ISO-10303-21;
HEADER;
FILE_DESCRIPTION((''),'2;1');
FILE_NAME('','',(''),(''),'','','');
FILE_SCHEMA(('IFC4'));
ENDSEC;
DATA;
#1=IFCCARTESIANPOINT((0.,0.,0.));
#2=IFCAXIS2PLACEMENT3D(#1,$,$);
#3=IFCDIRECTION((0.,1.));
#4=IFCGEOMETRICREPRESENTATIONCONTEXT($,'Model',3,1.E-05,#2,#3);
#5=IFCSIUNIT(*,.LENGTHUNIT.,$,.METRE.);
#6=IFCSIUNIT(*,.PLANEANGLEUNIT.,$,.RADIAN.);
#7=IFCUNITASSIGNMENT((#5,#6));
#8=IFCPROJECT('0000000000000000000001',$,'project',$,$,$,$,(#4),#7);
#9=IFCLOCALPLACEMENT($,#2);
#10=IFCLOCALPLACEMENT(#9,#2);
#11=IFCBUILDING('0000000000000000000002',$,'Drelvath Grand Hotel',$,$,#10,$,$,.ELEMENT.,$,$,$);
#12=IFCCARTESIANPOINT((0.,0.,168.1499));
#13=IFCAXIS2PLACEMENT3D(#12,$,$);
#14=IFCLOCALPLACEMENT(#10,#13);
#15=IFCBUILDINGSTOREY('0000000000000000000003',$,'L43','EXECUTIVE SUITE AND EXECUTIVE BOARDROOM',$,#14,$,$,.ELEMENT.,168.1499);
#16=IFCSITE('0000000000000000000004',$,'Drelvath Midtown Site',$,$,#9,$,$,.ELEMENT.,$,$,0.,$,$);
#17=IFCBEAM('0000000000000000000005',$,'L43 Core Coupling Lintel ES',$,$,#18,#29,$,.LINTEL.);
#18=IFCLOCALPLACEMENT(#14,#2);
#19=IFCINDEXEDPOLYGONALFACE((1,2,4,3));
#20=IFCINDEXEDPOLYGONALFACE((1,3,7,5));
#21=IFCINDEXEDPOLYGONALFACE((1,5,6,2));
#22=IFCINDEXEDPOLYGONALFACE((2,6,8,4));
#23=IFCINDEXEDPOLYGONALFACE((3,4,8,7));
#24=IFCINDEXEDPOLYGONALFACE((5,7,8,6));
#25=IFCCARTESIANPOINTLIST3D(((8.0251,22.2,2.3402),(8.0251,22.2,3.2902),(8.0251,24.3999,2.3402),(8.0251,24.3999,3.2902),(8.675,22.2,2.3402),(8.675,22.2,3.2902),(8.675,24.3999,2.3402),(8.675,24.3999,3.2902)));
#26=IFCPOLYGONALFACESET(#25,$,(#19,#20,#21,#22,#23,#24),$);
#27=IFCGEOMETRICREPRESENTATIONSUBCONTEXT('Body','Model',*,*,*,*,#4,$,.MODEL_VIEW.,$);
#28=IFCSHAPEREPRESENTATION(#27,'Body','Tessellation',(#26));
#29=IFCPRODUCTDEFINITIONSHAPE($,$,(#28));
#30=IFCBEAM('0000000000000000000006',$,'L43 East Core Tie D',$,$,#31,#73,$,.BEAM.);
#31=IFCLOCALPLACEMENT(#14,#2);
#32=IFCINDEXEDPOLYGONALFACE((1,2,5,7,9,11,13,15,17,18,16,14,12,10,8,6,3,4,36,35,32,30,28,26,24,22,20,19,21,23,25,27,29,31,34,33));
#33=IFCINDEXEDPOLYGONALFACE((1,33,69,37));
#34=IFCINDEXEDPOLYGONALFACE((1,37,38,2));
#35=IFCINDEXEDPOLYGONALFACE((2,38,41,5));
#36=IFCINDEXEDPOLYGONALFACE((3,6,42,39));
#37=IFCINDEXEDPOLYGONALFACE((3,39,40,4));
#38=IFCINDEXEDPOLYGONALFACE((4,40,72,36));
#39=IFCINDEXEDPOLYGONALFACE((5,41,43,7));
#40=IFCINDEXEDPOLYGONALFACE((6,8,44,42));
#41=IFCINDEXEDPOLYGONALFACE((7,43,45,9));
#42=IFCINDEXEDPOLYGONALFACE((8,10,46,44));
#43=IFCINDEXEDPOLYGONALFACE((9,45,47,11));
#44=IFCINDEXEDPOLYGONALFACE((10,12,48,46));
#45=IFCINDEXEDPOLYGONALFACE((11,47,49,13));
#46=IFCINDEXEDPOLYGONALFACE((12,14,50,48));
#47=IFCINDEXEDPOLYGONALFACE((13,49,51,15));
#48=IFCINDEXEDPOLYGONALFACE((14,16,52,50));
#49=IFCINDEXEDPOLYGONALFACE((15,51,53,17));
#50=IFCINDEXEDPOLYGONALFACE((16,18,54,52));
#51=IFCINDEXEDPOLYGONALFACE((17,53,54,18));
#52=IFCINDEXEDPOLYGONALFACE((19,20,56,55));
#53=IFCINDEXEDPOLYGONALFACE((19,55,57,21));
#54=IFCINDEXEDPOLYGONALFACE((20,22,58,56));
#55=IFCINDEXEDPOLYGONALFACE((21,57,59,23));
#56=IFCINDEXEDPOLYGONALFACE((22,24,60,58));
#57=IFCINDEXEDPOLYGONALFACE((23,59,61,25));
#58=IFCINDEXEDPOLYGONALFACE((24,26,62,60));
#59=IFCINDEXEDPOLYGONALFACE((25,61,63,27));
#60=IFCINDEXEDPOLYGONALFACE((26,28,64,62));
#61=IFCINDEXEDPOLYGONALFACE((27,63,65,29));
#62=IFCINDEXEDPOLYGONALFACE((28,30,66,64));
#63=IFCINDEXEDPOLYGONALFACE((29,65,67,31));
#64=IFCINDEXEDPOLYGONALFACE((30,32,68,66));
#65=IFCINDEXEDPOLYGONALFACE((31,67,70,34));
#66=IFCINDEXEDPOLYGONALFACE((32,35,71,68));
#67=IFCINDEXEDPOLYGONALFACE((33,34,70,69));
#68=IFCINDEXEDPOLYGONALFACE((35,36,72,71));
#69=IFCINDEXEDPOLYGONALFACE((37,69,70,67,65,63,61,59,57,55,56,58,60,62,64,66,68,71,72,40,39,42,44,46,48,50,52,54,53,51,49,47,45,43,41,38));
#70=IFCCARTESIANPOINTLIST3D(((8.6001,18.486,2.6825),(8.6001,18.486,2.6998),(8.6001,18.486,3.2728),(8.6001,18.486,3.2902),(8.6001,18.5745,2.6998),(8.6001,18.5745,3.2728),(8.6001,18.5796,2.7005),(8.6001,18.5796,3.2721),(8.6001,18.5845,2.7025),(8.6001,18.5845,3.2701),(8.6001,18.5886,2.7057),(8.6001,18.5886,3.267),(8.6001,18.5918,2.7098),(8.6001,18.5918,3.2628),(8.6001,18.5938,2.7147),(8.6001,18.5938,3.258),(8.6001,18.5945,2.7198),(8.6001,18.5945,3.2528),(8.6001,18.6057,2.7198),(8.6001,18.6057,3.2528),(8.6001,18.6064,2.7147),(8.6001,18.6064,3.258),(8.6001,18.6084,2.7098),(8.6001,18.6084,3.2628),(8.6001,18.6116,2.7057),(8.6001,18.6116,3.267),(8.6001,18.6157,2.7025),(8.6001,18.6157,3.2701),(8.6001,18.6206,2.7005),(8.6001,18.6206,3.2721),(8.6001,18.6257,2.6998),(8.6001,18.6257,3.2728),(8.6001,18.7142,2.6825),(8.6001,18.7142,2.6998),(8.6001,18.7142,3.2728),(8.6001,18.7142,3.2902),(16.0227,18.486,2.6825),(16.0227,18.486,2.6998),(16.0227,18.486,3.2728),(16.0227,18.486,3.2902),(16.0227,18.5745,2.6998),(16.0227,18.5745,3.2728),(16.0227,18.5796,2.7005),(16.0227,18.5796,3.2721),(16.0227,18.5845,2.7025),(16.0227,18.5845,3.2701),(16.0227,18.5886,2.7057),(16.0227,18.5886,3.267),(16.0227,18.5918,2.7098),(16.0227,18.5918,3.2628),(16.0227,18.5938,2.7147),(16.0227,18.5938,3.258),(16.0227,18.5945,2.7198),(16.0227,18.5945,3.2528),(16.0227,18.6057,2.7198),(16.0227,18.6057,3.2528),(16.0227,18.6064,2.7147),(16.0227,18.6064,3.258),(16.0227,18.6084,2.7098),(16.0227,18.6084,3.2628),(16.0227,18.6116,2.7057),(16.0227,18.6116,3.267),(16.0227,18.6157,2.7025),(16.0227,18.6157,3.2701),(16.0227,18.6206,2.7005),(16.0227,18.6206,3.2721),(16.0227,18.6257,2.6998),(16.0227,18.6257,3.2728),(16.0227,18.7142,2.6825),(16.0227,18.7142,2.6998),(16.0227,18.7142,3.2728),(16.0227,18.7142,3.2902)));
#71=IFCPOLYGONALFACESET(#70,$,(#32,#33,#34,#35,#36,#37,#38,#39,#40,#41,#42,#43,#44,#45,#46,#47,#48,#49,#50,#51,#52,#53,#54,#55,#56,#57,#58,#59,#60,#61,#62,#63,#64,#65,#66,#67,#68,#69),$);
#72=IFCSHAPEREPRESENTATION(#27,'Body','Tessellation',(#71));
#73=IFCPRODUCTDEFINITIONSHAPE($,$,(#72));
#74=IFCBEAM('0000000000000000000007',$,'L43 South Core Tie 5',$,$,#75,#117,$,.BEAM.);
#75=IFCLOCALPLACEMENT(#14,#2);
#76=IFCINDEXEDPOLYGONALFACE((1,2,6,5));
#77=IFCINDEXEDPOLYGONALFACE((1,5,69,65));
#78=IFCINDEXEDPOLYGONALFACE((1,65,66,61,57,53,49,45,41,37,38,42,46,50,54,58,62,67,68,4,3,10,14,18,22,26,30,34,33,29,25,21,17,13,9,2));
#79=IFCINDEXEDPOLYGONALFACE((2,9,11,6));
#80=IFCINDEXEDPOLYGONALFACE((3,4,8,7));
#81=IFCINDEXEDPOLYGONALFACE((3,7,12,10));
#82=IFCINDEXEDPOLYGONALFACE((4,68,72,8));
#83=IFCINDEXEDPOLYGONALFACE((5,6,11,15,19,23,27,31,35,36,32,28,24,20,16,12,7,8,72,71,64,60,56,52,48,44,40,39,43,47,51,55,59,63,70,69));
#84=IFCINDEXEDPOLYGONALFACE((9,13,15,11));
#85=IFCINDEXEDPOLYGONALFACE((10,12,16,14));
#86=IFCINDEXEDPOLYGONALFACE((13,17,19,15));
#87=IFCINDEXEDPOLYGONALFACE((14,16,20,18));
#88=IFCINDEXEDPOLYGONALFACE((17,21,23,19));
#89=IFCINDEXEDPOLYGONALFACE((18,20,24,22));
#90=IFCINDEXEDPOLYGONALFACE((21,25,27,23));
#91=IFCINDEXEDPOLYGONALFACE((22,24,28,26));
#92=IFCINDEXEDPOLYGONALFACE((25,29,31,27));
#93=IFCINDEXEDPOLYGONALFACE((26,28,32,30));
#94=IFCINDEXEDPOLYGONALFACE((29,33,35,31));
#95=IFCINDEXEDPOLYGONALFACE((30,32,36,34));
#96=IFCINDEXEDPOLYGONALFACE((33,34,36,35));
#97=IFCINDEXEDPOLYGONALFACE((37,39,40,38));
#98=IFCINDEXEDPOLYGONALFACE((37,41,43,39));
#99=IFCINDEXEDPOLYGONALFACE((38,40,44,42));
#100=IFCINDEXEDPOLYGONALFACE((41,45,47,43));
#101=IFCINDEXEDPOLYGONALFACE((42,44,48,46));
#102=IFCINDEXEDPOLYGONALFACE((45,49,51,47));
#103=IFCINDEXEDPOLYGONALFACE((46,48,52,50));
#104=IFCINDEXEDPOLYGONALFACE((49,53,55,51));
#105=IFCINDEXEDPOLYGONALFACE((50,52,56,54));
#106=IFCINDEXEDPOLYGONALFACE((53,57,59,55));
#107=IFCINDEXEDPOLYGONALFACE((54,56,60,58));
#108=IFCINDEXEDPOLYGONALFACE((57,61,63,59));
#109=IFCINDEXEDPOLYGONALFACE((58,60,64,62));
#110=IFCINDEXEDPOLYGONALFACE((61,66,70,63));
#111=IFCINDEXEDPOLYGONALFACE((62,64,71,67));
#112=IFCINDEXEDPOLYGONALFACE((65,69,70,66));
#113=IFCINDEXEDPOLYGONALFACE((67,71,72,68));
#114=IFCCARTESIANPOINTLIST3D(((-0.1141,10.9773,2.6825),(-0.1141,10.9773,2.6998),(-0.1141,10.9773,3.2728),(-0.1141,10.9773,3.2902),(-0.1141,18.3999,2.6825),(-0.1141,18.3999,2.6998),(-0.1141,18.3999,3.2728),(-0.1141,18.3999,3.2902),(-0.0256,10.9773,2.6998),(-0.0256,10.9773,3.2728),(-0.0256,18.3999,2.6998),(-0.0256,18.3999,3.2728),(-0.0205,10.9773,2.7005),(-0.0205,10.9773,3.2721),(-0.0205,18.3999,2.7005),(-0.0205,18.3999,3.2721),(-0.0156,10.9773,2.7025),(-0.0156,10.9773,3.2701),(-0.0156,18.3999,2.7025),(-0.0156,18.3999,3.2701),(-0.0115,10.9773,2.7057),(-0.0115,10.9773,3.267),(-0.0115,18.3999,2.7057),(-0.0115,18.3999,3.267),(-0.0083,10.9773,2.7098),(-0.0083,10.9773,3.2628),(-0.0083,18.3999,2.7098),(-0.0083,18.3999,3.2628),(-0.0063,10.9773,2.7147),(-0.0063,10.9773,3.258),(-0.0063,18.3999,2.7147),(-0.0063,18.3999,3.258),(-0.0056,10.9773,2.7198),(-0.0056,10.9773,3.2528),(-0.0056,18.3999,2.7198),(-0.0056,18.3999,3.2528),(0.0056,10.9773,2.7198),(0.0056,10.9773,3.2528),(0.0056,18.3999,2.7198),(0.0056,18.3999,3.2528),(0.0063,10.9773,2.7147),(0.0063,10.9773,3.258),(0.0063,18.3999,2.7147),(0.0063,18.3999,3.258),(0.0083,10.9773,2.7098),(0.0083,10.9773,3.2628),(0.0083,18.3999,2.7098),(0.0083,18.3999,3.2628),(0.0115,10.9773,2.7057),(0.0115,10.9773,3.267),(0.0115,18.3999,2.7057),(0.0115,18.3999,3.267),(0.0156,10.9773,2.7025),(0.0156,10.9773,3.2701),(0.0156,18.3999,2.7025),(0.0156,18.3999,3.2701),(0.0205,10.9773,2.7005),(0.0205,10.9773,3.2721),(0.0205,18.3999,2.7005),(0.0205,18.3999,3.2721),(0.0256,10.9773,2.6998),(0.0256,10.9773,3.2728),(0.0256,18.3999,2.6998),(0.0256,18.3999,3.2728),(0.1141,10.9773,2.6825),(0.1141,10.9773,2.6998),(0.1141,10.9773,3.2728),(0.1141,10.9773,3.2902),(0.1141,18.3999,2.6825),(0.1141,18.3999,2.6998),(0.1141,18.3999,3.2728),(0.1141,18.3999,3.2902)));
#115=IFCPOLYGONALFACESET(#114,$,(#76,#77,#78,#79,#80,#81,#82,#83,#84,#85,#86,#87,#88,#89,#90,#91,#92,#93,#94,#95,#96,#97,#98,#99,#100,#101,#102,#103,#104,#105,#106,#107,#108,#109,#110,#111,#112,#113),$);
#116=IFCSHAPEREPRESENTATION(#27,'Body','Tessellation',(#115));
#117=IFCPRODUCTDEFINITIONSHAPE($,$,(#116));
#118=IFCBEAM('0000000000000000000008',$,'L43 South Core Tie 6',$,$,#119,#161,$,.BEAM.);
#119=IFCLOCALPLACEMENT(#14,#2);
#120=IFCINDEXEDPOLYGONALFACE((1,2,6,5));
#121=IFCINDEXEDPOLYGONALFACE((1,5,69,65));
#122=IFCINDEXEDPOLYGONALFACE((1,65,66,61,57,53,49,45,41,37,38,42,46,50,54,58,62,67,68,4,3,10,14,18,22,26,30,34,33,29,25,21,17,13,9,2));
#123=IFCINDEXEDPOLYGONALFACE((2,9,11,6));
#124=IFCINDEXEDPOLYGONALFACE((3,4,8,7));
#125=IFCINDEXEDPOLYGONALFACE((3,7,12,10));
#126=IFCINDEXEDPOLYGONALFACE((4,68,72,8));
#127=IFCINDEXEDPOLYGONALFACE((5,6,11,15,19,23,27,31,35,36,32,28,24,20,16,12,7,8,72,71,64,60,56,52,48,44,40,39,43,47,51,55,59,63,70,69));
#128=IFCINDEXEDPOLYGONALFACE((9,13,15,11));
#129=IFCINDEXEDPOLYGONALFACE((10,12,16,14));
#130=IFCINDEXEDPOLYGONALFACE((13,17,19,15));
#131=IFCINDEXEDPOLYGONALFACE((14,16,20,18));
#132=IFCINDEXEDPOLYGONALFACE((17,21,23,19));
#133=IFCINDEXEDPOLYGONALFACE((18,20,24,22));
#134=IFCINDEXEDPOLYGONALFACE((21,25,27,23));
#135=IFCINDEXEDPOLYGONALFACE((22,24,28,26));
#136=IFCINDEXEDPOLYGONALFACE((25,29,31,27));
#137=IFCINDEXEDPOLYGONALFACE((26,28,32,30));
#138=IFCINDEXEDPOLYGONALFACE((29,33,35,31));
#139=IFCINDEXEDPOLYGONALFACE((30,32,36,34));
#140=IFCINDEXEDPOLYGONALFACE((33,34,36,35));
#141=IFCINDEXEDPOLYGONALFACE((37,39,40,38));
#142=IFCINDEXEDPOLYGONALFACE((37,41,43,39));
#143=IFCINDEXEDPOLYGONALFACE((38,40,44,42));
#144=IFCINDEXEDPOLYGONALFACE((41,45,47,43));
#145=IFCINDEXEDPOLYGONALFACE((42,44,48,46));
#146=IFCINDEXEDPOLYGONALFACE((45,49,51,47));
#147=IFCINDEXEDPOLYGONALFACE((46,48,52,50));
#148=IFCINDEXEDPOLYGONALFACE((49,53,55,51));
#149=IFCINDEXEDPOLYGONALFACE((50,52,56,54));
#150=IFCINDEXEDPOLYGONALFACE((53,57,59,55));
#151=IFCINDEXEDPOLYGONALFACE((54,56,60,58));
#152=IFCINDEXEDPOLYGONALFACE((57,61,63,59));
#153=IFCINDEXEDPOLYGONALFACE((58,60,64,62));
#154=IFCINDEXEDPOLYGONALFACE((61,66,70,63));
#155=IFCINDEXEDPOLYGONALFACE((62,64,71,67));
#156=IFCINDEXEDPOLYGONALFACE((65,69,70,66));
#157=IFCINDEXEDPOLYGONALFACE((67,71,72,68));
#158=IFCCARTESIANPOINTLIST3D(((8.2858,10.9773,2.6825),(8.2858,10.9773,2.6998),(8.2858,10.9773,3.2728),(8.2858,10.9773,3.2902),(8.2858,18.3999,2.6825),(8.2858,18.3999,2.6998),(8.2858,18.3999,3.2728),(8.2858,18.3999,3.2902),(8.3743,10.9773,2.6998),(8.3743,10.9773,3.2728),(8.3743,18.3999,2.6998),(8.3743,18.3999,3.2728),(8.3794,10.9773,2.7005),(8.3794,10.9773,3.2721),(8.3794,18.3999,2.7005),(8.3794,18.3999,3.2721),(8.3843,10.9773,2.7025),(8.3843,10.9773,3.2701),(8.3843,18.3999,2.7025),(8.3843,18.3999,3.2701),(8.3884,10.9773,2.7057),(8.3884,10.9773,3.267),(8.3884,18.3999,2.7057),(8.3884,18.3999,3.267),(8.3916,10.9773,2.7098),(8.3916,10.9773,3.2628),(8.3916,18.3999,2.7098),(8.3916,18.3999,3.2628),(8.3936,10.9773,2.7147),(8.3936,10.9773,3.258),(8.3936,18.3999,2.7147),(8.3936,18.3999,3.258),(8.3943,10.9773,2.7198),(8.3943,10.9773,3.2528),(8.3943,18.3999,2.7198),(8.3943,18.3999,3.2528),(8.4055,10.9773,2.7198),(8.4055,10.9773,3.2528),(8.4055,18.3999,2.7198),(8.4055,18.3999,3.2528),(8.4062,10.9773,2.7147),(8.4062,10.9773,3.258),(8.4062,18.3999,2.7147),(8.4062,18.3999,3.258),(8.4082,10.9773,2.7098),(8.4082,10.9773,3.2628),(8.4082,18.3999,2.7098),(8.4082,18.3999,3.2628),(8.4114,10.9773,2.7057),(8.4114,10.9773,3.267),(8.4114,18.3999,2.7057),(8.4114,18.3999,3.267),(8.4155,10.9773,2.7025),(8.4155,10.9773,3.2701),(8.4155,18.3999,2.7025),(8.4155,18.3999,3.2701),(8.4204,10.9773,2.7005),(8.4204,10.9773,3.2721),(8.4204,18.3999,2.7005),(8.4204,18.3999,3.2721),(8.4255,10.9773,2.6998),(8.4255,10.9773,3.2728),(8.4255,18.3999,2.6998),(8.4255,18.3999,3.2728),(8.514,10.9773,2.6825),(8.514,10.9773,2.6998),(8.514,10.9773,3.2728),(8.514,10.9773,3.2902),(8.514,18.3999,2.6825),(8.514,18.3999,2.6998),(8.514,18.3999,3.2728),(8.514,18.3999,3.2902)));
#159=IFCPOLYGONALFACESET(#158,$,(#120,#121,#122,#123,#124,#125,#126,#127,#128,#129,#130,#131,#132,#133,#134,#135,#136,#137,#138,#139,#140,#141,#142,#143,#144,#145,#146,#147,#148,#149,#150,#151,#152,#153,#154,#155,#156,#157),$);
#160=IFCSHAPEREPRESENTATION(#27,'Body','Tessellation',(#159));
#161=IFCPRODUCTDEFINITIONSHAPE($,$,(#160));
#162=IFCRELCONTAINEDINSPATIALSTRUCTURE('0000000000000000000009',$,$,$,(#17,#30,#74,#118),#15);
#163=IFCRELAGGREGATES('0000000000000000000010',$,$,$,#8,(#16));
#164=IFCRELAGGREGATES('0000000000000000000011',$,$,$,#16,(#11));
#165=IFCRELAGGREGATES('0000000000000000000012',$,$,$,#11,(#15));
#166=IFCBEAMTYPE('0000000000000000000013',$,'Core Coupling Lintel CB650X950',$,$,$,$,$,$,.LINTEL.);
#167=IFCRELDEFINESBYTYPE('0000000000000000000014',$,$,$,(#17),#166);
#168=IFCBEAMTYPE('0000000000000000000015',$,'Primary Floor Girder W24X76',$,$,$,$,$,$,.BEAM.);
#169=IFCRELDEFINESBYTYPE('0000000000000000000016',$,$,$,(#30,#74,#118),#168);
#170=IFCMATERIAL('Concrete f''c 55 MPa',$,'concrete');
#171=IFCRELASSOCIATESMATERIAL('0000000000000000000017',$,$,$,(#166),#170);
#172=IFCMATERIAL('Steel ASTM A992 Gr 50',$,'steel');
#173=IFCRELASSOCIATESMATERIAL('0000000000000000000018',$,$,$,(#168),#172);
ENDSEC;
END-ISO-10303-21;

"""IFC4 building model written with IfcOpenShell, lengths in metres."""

from ifc_helpers import new_model, si_unit, direction, frame, origin, origin_2d, place, context, subcontext, project, spatial, rectangle, i_section, extrude, material, material_profile, profile_set, type_object, element, save


model = new_model("IFC4")

# Units and contexts
model_context = context("Model", 3, precision=1e-05, world=origin(), true_north=direction((0.0, 1.0)))
body_context = subcontext(model_context, "Body", "Model", "MODEL_VIEW")
ifc_project = project(units=[si_unit("LENGTHUNIT", "METRE"), si_unit("PLANEANGLEUNIT", "RADIAN")], contexts=[model_context])

# Site, building, storey
site_placement = place(None, origin())
site = spatial("IfcSite", under=ifc_project, at=site_placement, Name="Drelvath Midtown Site", CompositionType="ELEMENT", RefElevation=0.0)
building_placement = place(site_placement, origin())
building = spatial("IfcBuilding", under=site, at=building_placement, Name="Drelvath Grand Hotel", CompositionType="ELEMENT")
storey_placement = place(building_placement, frame((0.0, 0.0, 168.1499)))
storey = spatial("IfcBuildingStorey", under=building, at=storey_placement, Name="L43", Description="EXECUTIVE SUITE AND EXECUTIVE BOARDROOM", CompositionType="ELEMENT", Elevation=168.1499)

# Beams
ifc_material_1 = material(Name="Concrete f'c 55 MPa", Category="concrete")
ifc_material_profile_1 = material_profile(ifc_material_1, rectangle(XDim=0.6499, YDim=0.95, at=origin_2d()), Name="CB650X950")
ifc_profile_set_1 = profile_set([ifc_material_profile_1], Name="Concrete f'c 55 MPa")
beam_type_1 = type_object("IfcBeamType", Name="Core Coupling Lintel CB650X950", PredefinedType="LINTEL", material=ifc_profile_set_1)
beam_placement = place(storey_placement, frame((8.3501, 22.2, 2.8152), z_axis=(0.0, 1.0, 0.0), x_axis=(-1.0, 0.0, 0.0)))
element("IfcBeam", 1, at=beam_placement, inside=storey, type_object=beam_type_1, Name="L43 Core Coupling Lintel ES", PredefinedType="LINTEL", context=body_context, shape_type="SweptSolid", body=[
    extrude(rectangle(XDim=0.6499, YDim=0.95, at=origin_2d()), origin(), (0.0, 0.0, 1.0), 2.2),
])
ifc_material_2 = material(Name="Steel ASTM A992 Gr 50", Category="steel")
ifc_material_profile_2 = material_profile(ifc_material_2, i_section(OverallWidth=0.2283, OverallDepth=0.6077, WebThickness=0.0112, FlangeThickness=0.0173, FilletRadius=0.02, at=origin_2d()), Name="W24X76")
ifc_profile_set_2 = profile_set([ifc_material_profile_2], Name="Steel ASTM A992 Gr 50")
beam_type_2 = type_object("IfcBeamType", Name="Primary Floor Girder W24X76", PredefinedType="BEAM", material=ifc_profile_set_2)
for number, where, z_axis, x_axis, name in (
    (2, (8.6001, 18.6001, 2.9863), (1.0, 0.0, 0.0), (0.0, 1.0, 0.0), "L43 East Core Tie D"),
    (3, (0.0, 10.9773, 2.9863), (0.0, 1.0, 0.0), (-1.0, 0.0, 0.0), "L43 South Core Tie 5"),
    (4, (8.3999, 10.9773, 2.9863), (0.0, 1.0, 0.0), (-1.0, 0.0, 0.0), "L43 South Core Tie 6"),
):
    element("IfcBeam", number, at=place(storey_placement, frame(where, z_axis=z_axis, x_axis=x_axis)), inside=storey, type_object=beam_type_2, Name=name, PredefinedType="BEAM", context=body_context, shape_type="SweptSolid", body=[
        extrude(i_section(OverallWidth=0.2283, OverallDepth=0.6077, WebThickness=0.0112, FlangeThickness=0.0173, FilletRadius=0.02, at=origin_2d()), origin(), (0.0, 0.0, 1.0), 7.4226),
    ])

save(model, "model.ifc")
